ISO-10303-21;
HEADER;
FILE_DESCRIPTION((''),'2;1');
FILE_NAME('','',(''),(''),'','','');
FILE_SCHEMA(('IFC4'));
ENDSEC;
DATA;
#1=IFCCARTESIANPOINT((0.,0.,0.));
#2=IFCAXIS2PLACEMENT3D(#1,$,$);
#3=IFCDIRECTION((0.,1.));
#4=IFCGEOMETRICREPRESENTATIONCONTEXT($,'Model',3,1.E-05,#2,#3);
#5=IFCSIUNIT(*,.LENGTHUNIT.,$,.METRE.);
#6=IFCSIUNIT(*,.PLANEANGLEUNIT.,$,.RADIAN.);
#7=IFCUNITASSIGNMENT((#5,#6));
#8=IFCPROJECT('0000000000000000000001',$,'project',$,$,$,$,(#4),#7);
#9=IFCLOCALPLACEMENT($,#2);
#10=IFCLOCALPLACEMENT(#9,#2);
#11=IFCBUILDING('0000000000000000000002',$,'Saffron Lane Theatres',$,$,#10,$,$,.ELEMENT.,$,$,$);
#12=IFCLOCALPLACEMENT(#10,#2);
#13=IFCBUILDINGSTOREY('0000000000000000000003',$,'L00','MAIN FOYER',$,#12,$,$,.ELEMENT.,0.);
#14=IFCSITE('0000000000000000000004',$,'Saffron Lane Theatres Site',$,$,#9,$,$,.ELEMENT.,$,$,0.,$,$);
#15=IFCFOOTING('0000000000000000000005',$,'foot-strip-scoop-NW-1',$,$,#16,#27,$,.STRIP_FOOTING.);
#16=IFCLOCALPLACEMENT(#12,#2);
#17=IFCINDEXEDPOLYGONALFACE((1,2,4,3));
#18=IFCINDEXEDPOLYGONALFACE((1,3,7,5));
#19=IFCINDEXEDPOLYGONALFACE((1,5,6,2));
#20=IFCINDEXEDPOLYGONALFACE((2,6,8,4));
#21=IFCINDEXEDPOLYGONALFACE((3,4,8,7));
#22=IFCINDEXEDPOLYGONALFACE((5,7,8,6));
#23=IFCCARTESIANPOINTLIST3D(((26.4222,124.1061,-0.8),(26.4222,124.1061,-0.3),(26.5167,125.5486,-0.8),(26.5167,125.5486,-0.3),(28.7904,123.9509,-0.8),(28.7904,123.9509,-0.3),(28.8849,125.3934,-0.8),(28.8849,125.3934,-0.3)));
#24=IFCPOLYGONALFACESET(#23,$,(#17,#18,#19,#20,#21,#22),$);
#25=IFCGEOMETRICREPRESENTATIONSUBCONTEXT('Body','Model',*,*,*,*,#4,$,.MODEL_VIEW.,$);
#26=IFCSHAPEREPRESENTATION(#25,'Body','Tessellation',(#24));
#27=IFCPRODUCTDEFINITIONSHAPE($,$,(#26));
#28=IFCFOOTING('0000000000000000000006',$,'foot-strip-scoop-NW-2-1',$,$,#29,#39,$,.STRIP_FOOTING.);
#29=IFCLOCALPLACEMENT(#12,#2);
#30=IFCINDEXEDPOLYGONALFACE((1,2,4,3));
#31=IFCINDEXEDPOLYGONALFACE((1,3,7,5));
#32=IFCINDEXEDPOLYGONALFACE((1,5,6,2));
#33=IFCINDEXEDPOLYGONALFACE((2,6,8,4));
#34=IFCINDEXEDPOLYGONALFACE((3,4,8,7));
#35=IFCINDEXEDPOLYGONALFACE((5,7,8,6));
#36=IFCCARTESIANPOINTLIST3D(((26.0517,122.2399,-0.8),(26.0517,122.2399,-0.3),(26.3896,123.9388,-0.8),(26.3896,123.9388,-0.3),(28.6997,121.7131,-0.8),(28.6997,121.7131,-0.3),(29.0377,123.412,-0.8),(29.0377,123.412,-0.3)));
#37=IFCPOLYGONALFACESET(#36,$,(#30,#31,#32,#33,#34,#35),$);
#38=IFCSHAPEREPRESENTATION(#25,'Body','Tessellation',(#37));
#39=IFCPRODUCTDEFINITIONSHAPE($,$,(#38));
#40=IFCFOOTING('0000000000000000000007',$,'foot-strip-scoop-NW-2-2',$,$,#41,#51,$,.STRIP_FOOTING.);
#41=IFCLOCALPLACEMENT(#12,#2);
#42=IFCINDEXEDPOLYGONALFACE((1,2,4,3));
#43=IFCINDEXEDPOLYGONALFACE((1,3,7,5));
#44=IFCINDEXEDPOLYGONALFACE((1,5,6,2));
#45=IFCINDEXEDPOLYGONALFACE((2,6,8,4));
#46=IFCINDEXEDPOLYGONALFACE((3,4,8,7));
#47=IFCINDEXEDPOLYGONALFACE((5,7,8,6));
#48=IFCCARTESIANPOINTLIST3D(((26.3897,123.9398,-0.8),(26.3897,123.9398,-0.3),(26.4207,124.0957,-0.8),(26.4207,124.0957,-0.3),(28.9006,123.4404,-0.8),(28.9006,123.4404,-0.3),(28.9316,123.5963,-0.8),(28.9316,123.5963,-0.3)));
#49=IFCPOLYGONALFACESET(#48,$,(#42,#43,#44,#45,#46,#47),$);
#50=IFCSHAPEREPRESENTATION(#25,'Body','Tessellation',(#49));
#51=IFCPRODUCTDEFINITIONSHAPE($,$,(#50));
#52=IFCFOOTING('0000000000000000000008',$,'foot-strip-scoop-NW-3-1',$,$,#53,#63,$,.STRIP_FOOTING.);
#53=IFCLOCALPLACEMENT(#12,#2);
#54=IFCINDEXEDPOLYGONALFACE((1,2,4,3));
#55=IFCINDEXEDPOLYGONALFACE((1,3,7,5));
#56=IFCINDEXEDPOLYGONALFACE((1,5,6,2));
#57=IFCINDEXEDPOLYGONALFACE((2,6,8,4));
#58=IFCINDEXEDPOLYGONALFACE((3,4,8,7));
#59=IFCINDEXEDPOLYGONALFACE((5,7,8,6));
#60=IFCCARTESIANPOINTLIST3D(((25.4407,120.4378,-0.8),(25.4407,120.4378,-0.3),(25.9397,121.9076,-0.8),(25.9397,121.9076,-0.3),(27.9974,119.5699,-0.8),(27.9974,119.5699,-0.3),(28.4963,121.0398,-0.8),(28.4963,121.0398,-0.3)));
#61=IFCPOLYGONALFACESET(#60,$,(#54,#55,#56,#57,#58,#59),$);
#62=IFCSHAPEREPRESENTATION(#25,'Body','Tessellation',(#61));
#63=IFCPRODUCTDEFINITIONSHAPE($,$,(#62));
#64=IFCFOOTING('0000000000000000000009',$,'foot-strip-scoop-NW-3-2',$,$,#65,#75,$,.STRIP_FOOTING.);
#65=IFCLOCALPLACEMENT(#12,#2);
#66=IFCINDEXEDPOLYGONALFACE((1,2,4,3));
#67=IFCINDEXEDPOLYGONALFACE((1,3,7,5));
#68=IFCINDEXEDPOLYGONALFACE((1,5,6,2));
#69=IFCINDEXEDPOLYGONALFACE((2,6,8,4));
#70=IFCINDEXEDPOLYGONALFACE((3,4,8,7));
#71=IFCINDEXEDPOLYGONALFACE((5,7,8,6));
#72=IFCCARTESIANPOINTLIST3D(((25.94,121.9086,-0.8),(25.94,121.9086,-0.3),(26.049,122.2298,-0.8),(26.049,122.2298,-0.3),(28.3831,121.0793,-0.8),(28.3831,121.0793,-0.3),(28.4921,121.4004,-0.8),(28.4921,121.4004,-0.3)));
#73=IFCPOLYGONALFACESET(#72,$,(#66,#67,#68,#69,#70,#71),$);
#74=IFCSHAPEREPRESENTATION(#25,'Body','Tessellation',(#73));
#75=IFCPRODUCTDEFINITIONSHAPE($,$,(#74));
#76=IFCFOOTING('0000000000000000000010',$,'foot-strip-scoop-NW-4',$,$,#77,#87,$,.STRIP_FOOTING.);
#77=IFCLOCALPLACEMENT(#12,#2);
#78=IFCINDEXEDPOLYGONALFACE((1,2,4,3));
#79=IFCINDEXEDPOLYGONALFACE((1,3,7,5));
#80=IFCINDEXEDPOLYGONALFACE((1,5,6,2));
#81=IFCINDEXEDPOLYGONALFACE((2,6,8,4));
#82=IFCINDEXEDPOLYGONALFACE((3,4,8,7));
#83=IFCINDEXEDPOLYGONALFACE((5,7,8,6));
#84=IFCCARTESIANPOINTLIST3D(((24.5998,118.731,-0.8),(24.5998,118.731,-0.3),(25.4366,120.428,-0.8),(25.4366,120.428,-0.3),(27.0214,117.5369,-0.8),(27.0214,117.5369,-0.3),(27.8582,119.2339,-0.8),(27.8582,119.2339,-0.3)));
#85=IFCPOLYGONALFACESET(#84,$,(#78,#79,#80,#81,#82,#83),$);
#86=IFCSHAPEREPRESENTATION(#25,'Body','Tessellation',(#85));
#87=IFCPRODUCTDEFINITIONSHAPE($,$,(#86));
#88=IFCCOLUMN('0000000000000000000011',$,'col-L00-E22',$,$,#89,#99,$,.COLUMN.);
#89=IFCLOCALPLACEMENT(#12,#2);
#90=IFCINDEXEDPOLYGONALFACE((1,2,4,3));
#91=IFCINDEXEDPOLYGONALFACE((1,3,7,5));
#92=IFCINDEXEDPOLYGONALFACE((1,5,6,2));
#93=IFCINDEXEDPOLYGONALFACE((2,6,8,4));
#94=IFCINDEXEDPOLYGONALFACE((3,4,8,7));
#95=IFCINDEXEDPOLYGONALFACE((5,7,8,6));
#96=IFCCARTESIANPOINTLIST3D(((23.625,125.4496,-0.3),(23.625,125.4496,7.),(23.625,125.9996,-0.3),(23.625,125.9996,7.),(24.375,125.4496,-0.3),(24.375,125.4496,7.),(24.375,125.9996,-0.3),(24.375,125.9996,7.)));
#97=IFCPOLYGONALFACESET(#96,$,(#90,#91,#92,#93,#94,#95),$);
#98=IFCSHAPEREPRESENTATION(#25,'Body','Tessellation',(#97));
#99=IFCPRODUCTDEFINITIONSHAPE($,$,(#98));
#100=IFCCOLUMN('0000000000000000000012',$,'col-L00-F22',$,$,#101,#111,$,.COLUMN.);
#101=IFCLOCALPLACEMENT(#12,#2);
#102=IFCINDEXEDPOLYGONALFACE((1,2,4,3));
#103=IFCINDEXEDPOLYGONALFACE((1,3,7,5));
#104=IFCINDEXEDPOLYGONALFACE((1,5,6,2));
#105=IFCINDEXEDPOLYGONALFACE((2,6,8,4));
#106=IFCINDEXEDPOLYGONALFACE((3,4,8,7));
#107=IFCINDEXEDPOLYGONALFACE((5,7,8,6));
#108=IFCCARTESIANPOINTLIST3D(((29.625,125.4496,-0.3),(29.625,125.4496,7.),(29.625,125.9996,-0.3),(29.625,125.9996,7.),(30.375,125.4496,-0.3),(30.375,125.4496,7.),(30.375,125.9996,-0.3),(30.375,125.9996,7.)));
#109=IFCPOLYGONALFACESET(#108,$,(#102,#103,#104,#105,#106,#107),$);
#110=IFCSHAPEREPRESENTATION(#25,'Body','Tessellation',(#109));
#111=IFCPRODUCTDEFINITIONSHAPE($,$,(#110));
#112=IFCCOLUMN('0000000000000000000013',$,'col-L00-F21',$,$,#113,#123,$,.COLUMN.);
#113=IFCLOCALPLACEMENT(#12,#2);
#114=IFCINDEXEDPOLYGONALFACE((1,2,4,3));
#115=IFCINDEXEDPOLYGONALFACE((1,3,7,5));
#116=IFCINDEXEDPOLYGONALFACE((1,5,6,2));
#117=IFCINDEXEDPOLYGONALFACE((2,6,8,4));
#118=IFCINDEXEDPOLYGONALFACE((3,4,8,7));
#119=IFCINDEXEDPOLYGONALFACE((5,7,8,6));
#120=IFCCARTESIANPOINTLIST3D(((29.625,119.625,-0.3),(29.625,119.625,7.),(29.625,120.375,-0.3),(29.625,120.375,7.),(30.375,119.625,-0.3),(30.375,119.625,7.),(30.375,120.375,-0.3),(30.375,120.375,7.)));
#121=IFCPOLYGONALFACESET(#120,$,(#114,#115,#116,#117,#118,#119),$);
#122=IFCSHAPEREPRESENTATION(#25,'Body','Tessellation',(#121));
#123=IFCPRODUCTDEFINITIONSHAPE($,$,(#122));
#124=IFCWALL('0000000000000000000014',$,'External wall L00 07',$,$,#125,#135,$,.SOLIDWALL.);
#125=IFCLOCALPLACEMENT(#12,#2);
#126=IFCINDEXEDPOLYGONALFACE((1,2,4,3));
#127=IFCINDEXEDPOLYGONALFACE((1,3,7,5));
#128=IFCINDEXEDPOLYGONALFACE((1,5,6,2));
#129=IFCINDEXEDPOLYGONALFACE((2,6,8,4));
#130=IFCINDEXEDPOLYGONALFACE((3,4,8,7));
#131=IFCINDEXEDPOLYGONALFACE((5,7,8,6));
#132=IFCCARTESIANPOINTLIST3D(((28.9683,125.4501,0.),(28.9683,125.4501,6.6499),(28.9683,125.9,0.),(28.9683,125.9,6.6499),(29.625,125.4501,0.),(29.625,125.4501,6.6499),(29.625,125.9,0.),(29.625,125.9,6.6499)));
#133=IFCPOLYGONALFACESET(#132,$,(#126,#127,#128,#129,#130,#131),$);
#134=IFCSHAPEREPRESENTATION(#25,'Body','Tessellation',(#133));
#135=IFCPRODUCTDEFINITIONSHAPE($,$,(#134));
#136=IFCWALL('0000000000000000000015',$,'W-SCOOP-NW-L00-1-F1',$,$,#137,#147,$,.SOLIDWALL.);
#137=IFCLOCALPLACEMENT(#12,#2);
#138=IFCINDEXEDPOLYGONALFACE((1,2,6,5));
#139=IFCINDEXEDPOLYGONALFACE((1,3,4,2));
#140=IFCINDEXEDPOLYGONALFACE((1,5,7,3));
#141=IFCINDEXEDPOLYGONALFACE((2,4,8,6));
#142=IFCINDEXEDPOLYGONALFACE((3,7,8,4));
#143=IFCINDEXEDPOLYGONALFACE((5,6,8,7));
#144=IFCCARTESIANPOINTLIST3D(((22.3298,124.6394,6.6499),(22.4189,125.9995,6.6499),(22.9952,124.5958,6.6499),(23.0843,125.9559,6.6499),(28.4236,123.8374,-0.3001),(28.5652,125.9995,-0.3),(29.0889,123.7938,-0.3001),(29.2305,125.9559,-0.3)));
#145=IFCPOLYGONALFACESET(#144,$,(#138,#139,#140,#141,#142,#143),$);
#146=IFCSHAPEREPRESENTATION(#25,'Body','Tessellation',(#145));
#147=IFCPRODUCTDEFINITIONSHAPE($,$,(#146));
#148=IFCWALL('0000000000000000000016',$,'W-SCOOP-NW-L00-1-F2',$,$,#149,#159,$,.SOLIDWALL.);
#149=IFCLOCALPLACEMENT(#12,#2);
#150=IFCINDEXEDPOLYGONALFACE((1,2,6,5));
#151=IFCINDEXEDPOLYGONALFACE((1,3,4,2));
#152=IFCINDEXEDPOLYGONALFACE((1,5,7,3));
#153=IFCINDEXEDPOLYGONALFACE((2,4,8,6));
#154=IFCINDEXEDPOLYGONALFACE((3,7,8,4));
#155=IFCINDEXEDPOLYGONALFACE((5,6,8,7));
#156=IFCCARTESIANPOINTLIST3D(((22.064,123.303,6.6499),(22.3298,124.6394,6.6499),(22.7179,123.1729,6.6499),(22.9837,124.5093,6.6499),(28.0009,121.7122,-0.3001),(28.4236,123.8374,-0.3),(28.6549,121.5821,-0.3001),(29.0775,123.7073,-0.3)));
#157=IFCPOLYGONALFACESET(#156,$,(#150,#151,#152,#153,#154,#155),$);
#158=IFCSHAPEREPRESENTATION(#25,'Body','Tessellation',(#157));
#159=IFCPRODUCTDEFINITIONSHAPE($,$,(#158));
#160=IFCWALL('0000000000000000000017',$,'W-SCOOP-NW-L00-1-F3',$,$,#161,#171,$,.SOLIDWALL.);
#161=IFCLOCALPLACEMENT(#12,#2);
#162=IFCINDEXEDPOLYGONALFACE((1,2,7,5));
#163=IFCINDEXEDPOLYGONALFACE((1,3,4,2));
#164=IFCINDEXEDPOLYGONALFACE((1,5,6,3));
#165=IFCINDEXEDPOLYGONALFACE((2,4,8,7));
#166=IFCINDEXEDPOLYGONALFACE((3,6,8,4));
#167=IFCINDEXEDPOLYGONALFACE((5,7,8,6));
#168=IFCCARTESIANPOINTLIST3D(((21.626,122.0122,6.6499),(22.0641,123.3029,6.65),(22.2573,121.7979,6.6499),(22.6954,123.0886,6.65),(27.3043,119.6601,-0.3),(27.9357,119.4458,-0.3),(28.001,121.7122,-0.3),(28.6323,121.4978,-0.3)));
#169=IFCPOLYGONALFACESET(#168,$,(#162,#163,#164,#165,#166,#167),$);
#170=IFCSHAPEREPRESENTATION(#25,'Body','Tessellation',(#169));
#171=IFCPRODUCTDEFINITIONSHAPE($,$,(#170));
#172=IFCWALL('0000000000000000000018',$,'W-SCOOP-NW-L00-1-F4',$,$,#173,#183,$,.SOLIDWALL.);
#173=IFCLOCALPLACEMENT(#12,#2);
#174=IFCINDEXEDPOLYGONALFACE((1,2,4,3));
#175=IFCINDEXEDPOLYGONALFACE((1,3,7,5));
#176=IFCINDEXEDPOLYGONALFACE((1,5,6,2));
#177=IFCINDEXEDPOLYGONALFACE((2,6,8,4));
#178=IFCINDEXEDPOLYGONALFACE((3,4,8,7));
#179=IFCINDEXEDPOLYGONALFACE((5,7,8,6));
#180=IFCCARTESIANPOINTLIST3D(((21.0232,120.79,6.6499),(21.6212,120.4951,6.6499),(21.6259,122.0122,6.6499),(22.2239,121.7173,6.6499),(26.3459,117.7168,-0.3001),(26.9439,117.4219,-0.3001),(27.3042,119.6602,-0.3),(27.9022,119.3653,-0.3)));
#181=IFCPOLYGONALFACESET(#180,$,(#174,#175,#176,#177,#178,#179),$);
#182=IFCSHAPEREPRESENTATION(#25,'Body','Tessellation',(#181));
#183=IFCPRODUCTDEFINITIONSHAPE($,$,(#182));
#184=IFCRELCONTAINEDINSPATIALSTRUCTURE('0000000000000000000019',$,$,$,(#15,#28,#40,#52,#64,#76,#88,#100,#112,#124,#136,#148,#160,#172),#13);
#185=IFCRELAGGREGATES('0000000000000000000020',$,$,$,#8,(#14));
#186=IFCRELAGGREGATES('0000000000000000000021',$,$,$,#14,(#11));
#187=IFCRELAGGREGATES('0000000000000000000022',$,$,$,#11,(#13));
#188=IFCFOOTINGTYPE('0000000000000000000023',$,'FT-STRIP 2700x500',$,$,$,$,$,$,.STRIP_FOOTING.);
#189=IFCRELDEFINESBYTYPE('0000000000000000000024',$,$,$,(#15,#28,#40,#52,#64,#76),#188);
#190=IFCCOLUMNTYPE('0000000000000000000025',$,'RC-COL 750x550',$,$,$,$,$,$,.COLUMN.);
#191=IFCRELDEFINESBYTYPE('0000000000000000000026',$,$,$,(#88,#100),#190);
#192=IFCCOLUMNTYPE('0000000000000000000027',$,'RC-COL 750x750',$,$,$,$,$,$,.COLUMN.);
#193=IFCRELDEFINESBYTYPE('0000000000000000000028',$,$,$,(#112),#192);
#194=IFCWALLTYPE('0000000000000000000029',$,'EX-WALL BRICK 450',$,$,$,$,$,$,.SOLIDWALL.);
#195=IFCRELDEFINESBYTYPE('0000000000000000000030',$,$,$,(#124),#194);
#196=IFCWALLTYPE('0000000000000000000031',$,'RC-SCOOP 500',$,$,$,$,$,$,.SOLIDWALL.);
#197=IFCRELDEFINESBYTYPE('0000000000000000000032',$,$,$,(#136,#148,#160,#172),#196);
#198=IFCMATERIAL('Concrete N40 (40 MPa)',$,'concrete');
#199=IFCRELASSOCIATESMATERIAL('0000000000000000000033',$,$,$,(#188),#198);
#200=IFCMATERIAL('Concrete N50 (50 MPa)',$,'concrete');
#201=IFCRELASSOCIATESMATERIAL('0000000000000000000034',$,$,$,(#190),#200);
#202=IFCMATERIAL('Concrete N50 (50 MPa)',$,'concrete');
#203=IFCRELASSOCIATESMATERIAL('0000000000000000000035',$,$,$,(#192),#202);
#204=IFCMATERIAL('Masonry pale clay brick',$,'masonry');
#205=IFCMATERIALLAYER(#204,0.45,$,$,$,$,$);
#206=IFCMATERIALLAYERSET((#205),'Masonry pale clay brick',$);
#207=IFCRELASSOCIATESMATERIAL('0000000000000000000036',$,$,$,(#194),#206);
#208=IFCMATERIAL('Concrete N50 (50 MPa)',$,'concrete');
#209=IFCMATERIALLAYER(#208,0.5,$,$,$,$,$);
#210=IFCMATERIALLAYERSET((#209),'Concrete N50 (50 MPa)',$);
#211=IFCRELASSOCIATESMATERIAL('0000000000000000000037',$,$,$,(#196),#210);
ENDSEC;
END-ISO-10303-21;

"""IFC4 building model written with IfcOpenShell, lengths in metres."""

from ifc_helpers import new_model, si_unit, direction, frame, frame_2d, origin, origin_2d, place, context, subcontext, project, spatial, polyline, rectangle, outline, extrude, material, layer, layer_set, material_profile, profile_set, type_object, element, save


model = new_model("IFC4")

# Units and contexts
model_context = context("Model", 3, precision=1e-05, world=origin(), true_north=direction((0.0, 1.0)))
body_context = subcontext(model_context, "Body", "Model", "MODEL_VIEW")
ifc_project = project(units=[si_unit("LENGTHUNIT", "METRE"), si_unit("PLANEANGLEUNIT", "RADIAN")], contexts=[model_context])

# Site, building, storey
site_placement = place(None, origin())
site = spatial("IfcSite", under=ifc_project, at=site_placement, Name="Saffron Lane Theatres Site", CompositionType="ELEMENT", RefElevation=0.0)
building_placement = place(site_placement, origin())
building = spatial("IfcBuilding", under=site, at=building_placement, Name="Saffron Lane Theatres", CompositionType="ELEMENT")
storey_placement = place(building_placement, origin())
storey = spatial("IfcBuildingStorey", under=building, at=storey_placement, Name="L00", Description="MAIN FOYER", CompositionType="ELEMENT", Elevation=0.0)

# Footings
ifc_material_1 = material(Name="Concrete N40 (40 MPa)", Category="concrete")
footing_type = type_object("IfcFootingType", Name="FT-STRIP 2700x500", PredefinedType="STRIP_FOOTING", material=ifc_material_1)
footing_1_placement = place(storey_placement, frame((27.6536, 124.7498, -0.8), z_axis=(0.0, 0.0, 1.0), x_axis=(-0.997859, 0.065395, 0.0)))
element("IfcFooting", 1, at=footing_1_placement, inside=storey, type_object=footing_type, Name="foot-strip-scoop-NW-1", PredefinedType="STRIP_FOOTING", context=body_context, shape_type="SweptSolid", body=[
    extrude(rectangle(XDim=2.3733, YDim=1.4456, at=origin_2d()), origin(), (0.0, 0.0, 1.0), 0.5),
])
footing_2_placement = place(storey_placement, frame((27.5447, 122.8259, -0.8), z_axis=(0.0, 0.0, 1.0), x_axis=(-0.980781, 0.195112, 0.0)))
element("IfcFooting", 2, at=footing_2_placement, inside=storey, type_object=footing_type, Name="foot-strip-scoop-NW-2-1", PredefinedType="STRIP_FOOTING", context=body_context, shape_type="SweptSolid", body=[
    extrude(rectangle(XDim=2.7, YDim=1.7322, at=origin_2d()), origin(), (0.0, 0.0, 1.0), 0.5),
])
footing_3_placement = place(storey_placement, frame((27.6606, 123.7681, -0.8), z_axis=(0.0, 0.0, 1.0), x_axis=(-0.980789, 0.195072, 0.0)))
element("IfcFooting", 3, at=footing_3_placement, inside=storey, type_object=footing_type, Name="foot-strip-scoop-NW-2-2", PredefinedType="STRIP_FOOTING", context=body_context, shape_type="SweptSolid", body=[
    extrude(rectangle(XDim=2.5601, YDim=0.1589, at=origin_2d()), origin(), (0.0, 0.0, 1.0), 0.5),
])
footing_4_placement = place(storey_placement, frame((26.9685, 120.7388, -0.8), z_axis=(0.0, 0.0, 1.0), x_axis=(-0.946928, 0.321445, 0.0)))
element("IfcFooting", 4, at=footing_4_placement, inside=storey, type_object=footing_type, Name="foot-strip-scoop-NW-3-1", PredefinedType="STRIP_FOOTING", context=body_context, shape_type="SweptSolid", body=[
    extrude(rectangle(XDim=2.7, YDim=1.5522, at=origin_2d()), origin(), (0.0, 0.0, 1.0), 0.5),
])
footing_5_placement = place(storey_placement, frame((27.2161, 121.6545, -0.8), z_axis=(0.0, 0.0, 1.0), x_axis=(-0.946933, 0.321432, 0.0)))
element("IfcFooting", 5, at=footing_5_placement, inside=storey, type_object=footing_type, Name="foot-strip-scoop-NW-3-2", PredefinedType="STRIP_FOOTING", context=body_context, shape_type="SweptSolid", body=[
    extrude(rectangle(XDim=2.5801, YDim=0.3391, at=origin_2d()), origin(), (0.0, 0.0, 1.0), 0.5),
])
footing_6_placement = place(storey_placement, frame((26.229, 118.9824, -0.8), z_axis=(0.0, 0.0, 1.0), x_axis=(-0.896887, 0.44226, 0.0)))
element("IfcFooting", 6, at=footing_6_placement, inside=storey, type_object=footing_type, Name="foot-strip-scoop-NW-4", PredefinedType="STRIP_FOOTING", context=body_context, shape_type="SweptSolid", body=[
    extrude(rectangle(XDim=2.7, YDim=1.8921, at=origin_2d()), origin(), (0.0, 0.0, 1.0), 0.5),
])

# Columns
ifc_material_2 = material(Name="Concrete N50 (50 MPa)", Category="concrete")
ifc_material_profile_1 = material_profile(ifc_material_2, rectangle(XDim=0.75, YDim=0.55, at=origin_2d()))
ifc_profile_set_1 = profile_set([ifc_material_profile_1], Name="Concrete N50 (50 MPa)")
column_type_1 = type_object("IfcColumnType", Name="RC-COL 750x550", PredefinedType="COLUMN", material=ifc_profile_set_1)
for number, where, z_axis, x_axis, name in (
    (7, (24.0, 125.7246, -0.3), (0.0, 0.0, 1.0), (1.0, 0.0, 0.0), "col-L00-E22"),
    (8, (30.0, 125.7246, -0.3), (0.0, 0.0, 1.0), (1.0, 0.0, 0.0), "col-L00-F22"),
):
    element("IfcColumn", number, at=place(storey_placement, frame(where, z_axis=z_axis, x_axis=x_axis)), inside=storey, type_object=column_type_1, Name=name, PredefinedType="COLUMN", context=body_context, shape_type="SweptSolid", body=[
        extrude(rectangle(XDim=0.75, YDim=0.55, at=origin_2d()), origin(), (0.0, 0.0, 1.0), 7.3),
    ])
ifc_material_3 = material(Name="Concrete N50 (50 MPa)", Category="concrete")
ifc_material_profile_2 = material_profile(ifc_material_3, rectangle(XDim=0.75, YDim=0.75, at=origin_2d()))
ifc_profile_set_2 = profile_set([ifc_material_profile_2], Name="Concrete N50 (50 MPa)")
column_type_2 = type_object("IfcColumnType", Name="RC-COL 750x750", PredefinedType="COLUMN", material=ifc_profile_set_2)
column_placement = place(storey_placement, frame((30.0, 120.0, -0.3), z_axis=(0.0, 0.0, 1.0), x_axis=(1.0, 0.0, 0.0)))
element("IfcColumn", 9, at=column_placement, inside=storey, type_object=column_type_2, Name="col-L00-F21", PredefinedType="COLUMN", context=body_context, shape_type="SweptSolid", body=[
    extrude(rectangle(XDim=0.75, YDim=0.75, at=origin_2d()), origin(), (0.0, 0.0, 1.0), 7.3),
])

# Walls
ifc_material_4 = material(Name="Masonry pale clay brick", Category="masonry")
ifc_layer_1 = layer(ifc_material_4, 0.45)
ifc_layer_set_1 = layer_set([ifc_layer_1], Name="Masonry pale clay brick")
wall_type_1 = type_object("IfcWallType", Name="EX-WALL BRICK 450", PredefinedType="SOLIDWALL", material=ifc_layer_set_1)
wall_1_placement = place(storey_placement, frame((28.9683, 125.675, 0.0), z_axis=(0.0, 0.0, 1.0), x_axis=(1.0, 0.0, 0.0)))
element("IfcWall", 10, at=wall_1_placement, inside=storey, type_object=wall_type_1, Name="External wall L00 07", PredefinedType="SOLIDWALL", context=body_context, shape_type="SweptSolid", body=[
    extrude(rectangle(XDim=0.6567, YDim=0.45, at=frame_2d((0.3284, 0.0))), origin(), (0.0, 0.0, 1.0), 6.6499),
])
ifc_material_5 = material(Name="Concrete N50 (50 MPa)", Category="concrete")
ifc_layer_2 = layer(ifc_material_5, 0.5)
ifc_layer_set_2 = layer_set([ifc_layer_2], Name="Concrete N50 (50 MPa)")
wall_type_2 = type_object("IfcWallType", Name="RC-SCOOP 500", PredefinedType="SOLIDWALL", material=ifc_layer_set_2)
wall_2_placement = place(storey_placement, frame((28.5652, 125.9995, -0.3), z_axis=(0.748191, -0.049008, 0.661671), x_axis=(-0.065358, -0.997862, -0.000005)))
element("IfcWall", 11, at=wall_2_placement, inside=storey, type_object=wall_type_2, Name="W-SCOOP-NW-L00-1-F1", PredefinedType="SOLIDWALL", context=body_context, shape_type="SweptSolid", body=[
    extrude(outline(polyline([(0.0, 0.0), (2.1667, 0.0), (1.7647, -9.2692), (0.4017, -9.2691), (0.0, 0.0)])), origin(), (0.000045, 0.661671, 0.749795), 0.6667),
])
wall_3_placement = place(storey_placement, frame((28.4236, 123.8374, -0.3), z_axis=(0.735387, -0.146258, 0.661676), x_axis=(-0.195051, -0.980793, -0.000016)))
element("IfcWall", 12, at=wall_3_placement, inside=storey, type_object=wall_type_2, Name="W-SCOOP-NW-L00-1-F2", PredefinedType="SOLIDWALL", context=body_context, shape_type="SweptSolid", body=[
    extrude(outline(polyline([(0.0, 0.0), (2.1669, 0.0), (1.7645, -9.2692), (0.4019, -9.2692), (0.0, 0.0)])), origin(), (0.00004, 0.661676, 0.74979), 0.6667),
])
wall_4_placement = place(storey_placement, frame((28.001, 121.7122, -0.3), z_axis=(0.710001, -0.241023, 0.66167), x_axis=(-0.321485, -0.946915, 0.000041)))
element("IfcWall", 13, at=wall_4_placement, inside=storey, type_object=wall_type_2, Name="W-SCOOP-NW-L00-1-F3", PredefinedType="SOLIDWALL", context=body_context, shape_type="SweptSolid", body=[
    extrude(outline(polyline([(0.0, 0.0), (2.1671, 0.0), (1.7656, -9.269), (0.4026, -9.2692), (0.0, 0.0)])), origin(), (-0.000049, 0.66167, 0.749795), 0.6667),
])
wall_5_placement = place(storey_placement, frame((27.3042, 119.6602, -0.3), z_axis=(0.672478, -0.331623, 0.661664), x_axis=(-0.442267, -0.896883, -0.000018)))
element("IfcWall", 14, at=wall_5_placement, inside=storey, type_object=wall_type_2, Name="W-SCOOP-NW-L00-1-F4", PredefinedType="SOLIDWALL", context=body_context, shape_type="SweptSolid", body=[
    extrude(outline(polyline([(0.0, 0.0), (2.1668, 0.0), (1.7644, -9.2691), (0.4017, -9.269), (0.0, 0.0)])), origin(), (0.000024, 0.661664, 0.7498), 0.6667),
])

save(model, "model.ifc")
